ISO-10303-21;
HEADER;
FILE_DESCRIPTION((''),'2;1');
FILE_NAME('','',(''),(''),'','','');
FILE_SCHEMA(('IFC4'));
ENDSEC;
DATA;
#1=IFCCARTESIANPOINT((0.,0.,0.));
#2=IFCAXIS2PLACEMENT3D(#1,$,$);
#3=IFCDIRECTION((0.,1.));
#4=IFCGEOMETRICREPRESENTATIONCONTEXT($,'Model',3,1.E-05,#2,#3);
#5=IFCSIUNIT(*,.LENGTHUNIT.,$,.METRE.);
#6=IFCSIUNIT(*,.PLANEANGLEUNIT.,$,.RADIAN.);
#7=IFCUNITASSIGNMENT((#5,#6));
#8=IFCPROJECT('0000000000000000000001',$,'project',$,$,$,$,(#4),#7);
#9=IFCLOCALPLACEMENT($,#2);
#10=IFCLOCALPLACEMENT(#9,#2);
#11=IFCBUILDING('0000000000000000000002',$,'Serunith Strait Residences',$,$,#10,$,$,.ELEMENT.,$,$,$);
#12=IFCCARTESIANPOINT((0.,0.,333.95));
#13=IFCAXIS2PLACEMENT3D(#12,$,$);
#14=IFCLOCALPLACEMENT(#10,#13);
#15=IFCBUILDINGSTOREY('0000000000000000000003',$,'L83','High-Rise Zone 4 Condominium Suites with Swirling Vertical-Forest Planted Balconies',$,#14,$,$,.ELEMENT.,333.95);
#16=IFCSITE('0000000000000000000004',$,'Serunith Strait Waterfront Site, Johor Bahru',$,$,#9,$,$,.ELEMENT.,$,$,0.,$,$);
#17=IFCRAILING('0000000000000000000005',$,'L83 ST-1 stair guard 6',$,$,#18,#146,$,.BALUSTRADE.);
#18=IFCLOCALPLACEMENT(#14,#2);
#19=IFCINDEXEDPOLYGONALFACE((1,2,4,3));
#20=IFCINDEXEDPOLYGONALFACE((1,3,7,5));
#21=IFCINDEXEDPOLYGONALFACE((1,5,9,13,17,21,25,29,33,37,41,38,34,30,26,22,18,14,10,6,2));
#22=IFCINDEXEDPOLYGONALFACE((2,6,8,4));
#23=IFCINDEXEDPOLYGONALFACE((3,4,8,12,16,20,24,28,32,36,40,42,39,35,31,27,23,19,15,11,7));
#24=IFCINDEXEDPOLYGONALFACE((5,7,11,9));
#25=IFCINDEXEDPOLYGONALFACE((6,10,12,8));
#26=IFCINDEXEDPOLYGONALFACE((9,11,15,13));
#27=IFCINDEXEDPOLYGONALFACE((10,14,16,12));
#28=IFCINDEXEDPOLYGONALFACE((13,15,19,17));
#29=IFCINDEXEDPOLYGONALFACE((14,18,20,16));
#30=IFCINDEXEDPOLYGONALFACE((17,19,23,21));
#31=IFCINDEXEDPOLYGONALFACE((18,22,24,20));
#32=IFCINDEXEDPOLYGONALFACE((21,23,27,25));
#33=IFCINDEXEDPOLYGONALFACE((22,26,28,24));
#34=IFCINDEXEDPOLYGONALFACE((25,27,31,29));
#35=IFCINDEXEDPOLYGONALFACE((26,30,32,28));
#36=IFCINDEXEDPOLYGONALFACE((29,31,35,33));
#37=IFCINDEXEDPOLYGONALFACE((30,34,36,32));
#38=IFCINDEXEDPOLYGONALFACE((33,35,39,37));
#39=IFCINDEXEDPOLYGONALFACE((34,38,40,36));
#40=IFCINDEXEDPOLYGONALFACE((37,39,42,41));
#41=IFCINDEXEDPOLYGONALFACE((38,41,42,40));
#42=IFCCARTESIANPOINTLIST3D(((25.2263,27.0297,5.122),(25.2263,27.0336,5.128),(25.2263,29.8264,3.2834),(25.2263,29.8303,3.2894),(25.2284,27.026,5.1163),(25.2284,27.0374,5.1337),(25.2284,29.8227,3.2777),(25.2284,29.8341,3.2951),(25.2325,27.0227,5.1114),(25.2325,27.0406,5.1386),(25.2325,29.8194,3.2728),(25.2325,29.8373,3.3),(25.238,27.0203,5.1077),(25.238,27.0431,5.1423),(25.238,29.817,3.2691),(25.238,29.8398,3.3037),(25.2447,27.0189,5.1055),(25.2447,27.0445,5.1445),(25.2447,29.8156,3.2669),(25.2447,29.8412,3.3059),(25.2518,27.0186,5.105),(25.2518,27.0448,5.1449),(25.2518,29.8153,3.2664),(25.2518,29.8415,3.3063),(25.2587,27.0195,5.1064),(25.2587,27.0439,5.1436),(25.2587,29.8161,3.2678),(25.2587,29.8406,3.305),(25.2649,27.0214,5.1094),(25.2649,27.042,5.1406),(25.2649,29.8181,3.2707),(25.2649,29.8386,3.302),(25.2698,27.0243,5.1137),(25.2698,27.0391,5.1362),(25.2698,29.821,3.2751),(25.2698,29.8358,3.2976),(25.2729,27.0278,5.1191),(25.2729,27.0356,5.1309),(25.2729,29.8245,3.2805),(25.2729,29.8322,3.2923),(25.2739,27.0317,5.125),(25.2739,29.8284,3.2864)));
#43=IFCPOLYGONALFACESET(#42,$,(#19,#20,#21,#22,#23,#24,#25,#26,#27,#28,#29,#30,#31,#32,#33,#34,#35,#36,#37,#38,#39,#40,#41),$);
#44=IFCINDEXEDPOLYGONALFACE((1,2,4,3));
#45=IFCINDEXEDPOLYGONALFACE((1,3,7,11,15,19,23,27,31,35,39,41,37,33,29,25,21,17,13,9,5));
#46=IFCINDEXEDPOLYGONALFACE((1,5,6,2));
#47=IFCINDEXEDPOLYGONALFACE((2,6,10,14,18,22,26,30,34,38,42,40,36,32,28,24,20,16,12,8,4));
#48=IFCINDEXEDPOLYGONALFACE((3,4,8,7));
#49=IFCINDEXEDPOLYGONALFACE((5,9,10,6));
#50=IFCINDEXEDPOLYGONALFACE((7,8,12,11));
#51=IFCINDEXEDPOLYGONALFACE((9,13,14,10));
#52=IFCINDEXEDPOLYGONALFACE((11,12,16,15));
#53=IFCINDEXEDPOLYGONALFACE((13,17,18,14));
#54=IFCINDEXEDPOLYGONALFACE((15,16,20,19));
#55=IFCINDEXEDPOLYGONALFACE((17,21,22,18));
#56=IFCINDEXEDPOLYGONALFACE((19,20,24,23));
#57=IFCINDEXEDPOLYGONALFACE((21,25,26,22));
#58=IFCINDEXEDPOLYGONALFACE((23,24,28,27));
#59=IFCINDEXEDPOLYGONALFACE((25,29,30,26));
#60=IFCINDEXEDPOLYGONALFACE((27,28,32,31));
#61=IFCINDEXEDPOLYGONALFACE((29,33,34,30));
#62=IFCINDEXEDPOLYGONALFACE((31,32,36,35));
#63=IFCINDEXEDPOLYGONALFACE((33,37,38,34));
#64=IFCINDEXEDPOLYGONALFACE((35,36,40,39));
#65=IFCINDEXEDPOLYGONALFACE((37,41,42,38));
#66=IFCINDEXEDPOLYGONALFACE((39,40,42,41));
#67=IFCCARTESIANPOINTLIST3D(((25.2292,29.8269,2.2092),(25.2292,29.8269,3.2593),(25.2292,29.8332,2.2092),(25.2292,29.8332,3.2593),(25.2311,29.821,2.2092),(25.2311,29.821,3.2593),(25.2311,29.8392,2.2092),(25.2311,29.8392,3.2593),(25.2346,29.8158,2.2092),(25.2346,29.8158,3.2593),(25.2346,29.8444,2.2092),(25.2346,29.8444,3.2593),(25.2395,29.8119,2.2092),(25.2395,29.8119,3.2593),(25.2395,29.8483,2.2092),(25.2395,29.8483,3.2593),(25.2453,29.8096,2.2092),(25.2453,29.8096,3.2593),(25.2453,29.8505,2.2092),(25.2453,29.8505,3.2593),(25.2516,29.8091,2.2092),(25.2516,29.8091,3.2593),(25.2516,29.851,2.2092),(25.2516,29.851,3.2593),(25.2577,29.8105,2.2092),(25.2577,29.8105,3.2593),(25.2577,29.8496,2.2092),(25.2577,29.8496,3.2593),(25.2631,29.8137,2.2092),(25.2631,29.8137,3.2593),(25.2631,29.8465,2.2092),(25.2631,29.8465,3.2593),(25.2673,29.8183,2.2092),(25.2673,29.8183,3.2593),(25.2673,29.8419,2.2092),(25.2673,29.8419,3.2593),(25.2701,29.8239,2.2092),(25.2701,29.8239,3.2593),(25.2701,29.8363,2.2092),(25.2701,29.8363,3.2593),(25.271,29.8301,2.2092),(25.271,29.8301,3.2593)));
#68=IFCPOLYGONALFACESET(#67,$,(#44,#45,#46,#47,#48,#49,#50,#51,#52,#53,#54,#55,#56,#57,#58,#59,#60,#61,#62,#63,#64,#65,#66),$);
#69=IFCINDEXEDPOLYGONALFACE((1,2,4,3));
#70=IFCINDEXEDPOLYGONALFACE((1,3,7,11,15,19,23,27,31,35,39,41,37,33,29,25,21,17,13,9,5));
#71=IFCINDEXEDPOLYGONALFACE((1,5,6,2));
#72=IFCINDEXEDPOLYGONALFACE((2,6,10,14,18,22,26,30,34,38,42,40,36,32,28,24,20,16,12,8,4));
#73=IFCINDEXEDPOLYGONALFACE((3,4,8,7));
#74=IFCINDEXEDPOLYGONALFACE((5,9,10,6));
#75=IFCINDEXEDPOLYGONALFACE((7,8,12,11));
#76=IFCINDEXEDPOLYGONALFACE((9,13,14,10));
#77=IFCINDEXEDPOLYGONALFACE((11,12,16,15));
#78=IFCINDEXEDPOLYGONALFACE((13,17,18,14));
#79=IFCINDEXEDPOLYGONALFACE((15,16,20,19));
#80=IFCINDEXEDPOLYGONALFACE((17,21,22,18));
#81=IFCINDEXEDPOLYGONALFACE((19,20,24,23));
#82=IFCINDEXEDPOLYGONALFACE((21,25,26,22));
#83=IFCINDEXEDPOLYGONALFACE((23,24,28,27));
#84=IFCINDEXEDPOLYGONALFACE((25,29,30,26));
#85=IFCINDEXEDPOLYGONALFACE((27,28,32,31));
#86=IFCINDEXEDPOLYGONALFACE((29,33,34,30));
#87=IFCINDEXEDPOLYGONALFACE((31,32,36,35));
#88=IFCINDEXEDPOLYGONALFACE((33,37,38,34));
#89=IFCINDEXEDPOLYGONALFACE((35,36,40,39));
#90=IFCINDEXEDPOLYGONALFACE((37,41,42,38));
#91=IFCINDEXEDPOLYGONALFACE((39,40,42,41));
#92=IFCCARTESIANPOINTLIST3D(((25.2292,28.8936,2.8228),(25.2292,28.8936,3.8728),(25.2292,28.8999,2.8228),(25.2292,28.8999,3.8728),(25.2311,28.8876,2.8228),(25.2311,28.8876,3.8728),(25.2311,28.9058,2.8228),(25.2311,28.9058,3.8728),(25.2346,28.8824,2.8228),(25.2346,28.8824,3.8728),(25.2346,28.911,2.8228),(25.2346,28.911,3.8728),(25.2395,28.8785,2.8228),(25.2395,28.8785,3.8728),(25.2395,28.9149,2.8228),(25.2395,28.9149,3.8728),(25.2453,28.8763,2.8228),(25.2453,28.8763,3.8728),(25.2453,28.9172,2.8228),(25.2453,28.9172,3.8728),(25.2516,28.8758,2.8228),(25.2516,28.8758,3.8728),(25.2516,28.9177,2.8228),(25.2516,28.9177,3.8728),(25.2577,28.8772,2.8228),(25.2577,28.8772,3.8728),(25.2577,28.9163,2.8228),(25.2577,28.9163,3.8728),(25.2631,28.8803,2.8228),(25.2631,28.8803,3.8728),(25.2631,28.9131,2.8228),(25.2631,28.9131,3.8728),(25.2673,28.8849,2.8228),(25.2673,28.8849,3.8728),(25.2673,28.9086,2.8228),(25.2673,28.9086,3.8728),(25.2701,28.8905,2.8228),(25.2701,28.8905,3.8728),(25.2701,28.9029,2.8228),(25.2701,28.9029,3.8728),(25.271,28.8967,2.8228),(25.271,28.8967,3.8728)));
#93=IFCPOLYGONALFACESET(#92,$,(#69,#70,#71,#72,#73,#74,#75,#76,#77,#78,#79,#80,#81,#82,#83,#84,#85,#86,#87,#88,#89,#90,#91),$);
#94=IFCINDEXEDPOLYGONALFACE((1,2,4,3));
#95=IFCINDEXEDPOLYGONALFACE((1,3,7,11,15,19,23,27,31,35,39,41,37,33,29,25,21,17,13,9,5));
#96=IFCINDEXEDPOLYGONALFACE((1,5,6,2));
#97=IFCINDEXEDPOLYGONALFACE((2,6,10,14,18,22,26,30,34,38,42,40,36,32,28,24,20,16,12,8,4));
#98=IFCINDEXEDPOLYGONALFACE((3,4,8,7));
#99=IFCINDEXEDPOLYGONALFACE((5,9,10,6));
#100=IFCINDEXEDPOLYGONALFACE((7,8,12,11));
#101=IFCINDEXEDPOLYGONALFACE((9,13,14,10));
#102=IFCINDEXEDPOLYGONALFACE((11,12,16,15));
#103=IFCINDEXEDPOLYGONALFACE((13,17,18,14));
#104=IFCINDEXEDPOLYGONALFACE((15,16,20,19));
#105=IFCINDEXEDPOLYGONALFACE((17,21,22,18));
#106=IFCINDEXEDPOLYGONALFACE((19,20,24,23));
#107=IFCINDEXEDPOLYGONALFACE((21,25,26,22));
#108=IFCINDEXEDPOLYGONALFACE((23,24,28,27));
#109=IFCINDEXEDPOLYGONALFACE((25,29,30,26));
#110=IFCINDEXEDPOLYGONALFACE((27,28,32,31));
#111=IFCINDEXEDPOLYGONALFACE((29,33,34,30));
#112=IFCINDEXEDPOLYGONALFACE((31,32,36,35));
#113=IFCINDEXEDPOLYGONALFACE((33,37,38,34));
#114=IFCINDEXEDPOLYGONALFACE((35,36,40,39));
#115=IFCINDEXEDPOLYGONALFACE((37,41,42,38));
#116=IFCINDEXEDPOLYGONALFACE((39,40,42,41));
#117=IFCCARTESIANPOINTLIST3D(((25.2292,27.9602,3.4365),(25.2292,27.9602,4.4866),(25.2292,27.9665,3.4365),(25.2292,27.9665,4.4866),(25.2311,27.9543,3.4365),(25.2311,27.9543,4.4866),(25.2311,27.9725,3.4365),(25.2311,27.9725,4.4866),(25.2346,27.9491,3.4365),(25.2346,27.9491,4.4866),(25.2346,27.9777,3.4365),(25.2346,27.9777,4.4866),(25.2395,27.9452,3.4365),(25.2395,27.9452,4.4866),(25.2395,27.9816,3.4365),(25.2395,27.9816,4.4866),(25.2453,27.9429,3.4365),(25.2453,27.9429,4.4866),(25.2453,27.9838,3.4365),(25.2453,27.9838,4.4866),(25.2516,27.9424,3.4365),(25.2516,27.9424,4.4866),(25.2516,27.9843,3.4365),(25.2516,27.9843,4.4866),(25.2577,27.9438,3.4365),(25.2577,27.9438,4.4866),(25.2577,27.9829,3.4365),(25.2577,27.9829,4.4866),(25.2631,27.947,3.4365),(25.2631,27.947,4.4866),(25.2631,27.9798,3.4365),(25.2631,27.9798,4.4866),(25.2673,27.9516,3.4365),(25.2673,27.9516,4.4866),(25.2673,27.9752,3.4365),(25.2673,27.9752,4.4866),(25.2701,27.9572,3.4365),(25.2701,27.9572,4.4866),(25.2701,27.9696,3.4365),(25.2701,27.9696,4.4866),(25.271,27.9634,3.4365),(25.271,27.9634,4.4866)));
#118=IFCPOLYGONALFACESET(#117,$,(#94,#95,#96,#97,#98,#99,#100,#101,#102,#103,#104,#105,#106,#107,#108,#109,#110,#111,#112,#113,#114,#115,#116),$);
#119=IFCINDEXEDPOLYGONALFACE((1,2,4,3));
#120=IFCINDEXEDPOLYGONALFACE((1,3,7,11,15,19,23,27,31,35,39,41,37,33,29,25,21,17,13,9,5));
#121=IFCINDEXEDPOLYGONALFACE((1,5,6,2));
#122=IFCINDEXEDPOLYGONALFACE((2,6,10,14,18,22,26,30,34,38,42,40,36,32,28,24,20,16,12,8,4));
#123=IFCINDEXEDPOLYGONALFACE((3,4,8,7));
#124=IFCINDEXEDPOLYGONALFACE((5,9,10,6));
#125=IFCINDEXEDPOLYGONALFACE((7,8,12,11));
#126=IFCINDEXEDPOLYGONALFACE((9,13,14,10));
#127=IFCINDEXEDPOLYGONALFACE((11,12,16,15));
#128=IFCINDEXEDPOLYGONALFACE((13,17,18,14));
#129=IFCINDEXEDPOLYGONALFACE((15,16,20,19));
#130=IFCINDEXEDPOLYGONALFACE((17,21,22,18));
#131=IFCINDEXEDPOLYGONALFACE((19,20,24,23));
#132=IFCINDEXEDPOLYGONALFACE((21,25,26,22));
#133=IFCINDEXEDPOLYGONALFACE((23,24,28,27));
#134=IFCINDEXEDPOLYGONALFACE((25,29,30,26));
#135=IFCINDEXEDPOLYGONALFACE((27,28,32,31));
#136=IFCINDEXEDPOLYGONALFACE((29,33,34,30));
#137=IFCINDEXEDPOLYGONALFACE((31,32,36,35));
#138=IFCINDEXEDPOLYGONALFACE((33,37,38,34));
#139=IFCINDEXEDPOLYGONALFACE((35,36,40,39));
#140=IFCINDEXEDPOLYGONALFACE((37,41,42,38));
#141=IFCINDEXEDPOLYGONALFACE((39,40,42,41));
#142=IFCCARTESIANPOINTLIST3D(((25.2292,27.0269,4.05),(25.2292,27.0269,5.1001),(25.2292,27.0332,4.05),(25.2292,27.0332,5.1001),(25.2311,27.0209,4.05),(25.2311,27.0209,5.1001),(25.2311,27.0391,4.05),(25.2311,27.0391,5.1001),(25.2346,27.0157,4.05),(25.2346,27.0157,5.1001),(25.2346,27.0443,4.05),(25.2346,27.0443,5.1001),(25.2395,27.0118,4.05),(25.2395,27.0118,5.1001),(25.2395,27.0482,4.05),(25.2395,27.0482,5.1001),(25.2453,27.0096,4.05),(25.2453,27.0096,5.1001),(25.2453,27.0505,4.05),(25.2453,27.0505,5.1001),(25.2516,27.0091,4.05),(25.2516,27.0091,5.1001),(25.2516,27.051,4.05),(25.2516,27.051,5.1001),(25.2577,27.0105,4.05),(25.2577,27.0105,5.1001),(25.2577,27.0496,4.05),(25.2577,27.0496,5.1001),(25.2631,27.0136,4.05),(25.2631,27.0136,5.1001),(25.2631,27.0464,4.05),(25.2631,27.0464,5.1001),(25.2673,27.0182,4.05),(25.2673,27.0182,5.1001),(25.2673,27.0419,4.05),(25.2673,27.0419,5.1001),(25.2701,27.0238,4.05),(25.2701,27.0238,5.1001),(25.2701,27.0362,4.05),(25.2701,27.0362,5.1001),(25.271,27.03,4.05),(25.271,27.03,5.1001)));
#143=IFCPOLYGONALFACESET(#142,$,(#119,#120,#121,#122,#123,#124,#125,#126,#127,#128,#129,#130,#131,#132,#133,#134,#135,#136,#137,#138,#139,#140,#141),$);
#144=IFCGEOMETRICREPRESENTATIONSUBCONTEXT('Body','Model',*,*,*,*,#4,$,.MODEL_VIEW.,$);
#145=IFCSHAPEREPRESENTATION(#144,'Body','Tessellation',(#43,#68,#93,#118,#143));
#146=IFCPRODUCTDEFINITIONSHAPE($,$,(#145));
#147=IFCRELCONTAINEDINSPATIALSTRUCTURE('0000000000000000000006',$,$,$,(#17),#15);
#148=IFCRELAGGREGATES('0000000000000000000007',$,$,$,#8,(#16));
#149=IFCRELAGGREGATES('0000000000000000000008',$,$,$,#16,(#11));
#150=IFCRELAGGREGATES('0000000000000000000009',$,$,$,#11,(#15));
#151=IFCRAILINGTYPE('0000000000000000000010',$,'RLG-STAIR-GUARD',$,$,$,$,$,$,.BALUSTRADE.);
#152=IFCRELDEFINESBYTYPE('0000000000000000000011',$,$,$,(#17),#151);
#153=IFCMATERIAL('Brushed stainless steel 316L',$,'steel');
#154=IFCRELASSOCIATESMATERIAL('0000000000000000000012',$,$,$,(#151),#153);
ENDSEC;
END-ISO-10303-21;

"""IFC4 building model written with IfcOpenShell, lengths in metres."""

from ifc_helpers import new_model, si_unit, direction, frame, origin, origin_2d, place, context, subcontext, project, spatial, circle, extrude, material, type_object, element, save


model = new_model("IFC4")

# Units and contexts
model_context = context("Model", 3, precision=1e-05, world=origin(), true_north=direction((0.0, 1.0)))
body_context = subcontext(model_context, "Body", "Model", "MODEL_VIEW")
ifc_project = project(units=[si_unit("LENGTHUNIT", "METRE"), si_unit("PLANEANGLEUNIT", "RADIAN")], contexts=[model_context])

# Site, building, storey
site_placement = place(None, origin())
site = spatial("IfcSite", under=ifc_project, at=site_placement, Name="Serunith Strait Waterfront Site, Johor Bahru", CompositionType="ELEMENT", RefElevation=0.0)
building_placement = place(site_placement, origin())
building = spatial("IfcBuilding", under=site, at=building_placement, Name="Serunith Strait Residences", CompositionType="ELEMENT")
storey_placement = place(building_placement, frame((0.0, 0.0, 333.95)))
storey = spatial("IfcBuildingStorey", under=building, at=storey_placement, Name="L83", Description="High-Rise Zone 4 Condominium Suites with Swirling Vertical-Forest Planted Balconies", CompositionType="ELEMENT", Elevation=333.95)

# Railing
ifc_material_1 = material(Name="Brushed stainless steel 316L", Category="steel")
railing_type_1 = type_object("IfcRailingType", Name="RLG-STAIR-GUARD", PredefinedType="BALUSTRADE", material=ifc_material_1)
railing_1_placement = place(storey_placement, frame((25.25, 29.8301, 2.2092)))
element("IfcRailing", 1, at=railing_1_placement, inside=storey, type_object=railing_type_1, Name="L83 ST-1 stair guard 6", PredefinedType="BALUSTRADE", context=body_context, shape_type="SweptSolid", body=[
    extrude(circle(Radius=0.0239, at=origin_2d()), frame((0.0, -0.0017, 1.0771), z_axis=(0.0, -0.835598, 0.549342), x_axis=(1.0, 0.0, 0.0)), (0.0, 0.0, 1.0), 3.3469),
    extrude(circle(Radius=0.021, at=origin_2d()), origin(), (0.0, 0.0, 1.0), 1.05),
    extrude(circle(Radius=0.021, at=origin_2d()), frame((0.0, -0.9333, 0.6135)), (0.0, 0.0, 1.0), 1.05),
    extrude(circle(Radius=0.021, at=origin_2d()), frame((0.0, -1.8667, 1.2273)), (0.0, 0.0, 1.0), 1.05),
    extrude(circle(Radius=0.021, at=origin_2d()), frame((0.0, -2.8, 1.8408)), (0.0, 0.0, 1.0), 1.05),
])

save(model, "model.ifc")
